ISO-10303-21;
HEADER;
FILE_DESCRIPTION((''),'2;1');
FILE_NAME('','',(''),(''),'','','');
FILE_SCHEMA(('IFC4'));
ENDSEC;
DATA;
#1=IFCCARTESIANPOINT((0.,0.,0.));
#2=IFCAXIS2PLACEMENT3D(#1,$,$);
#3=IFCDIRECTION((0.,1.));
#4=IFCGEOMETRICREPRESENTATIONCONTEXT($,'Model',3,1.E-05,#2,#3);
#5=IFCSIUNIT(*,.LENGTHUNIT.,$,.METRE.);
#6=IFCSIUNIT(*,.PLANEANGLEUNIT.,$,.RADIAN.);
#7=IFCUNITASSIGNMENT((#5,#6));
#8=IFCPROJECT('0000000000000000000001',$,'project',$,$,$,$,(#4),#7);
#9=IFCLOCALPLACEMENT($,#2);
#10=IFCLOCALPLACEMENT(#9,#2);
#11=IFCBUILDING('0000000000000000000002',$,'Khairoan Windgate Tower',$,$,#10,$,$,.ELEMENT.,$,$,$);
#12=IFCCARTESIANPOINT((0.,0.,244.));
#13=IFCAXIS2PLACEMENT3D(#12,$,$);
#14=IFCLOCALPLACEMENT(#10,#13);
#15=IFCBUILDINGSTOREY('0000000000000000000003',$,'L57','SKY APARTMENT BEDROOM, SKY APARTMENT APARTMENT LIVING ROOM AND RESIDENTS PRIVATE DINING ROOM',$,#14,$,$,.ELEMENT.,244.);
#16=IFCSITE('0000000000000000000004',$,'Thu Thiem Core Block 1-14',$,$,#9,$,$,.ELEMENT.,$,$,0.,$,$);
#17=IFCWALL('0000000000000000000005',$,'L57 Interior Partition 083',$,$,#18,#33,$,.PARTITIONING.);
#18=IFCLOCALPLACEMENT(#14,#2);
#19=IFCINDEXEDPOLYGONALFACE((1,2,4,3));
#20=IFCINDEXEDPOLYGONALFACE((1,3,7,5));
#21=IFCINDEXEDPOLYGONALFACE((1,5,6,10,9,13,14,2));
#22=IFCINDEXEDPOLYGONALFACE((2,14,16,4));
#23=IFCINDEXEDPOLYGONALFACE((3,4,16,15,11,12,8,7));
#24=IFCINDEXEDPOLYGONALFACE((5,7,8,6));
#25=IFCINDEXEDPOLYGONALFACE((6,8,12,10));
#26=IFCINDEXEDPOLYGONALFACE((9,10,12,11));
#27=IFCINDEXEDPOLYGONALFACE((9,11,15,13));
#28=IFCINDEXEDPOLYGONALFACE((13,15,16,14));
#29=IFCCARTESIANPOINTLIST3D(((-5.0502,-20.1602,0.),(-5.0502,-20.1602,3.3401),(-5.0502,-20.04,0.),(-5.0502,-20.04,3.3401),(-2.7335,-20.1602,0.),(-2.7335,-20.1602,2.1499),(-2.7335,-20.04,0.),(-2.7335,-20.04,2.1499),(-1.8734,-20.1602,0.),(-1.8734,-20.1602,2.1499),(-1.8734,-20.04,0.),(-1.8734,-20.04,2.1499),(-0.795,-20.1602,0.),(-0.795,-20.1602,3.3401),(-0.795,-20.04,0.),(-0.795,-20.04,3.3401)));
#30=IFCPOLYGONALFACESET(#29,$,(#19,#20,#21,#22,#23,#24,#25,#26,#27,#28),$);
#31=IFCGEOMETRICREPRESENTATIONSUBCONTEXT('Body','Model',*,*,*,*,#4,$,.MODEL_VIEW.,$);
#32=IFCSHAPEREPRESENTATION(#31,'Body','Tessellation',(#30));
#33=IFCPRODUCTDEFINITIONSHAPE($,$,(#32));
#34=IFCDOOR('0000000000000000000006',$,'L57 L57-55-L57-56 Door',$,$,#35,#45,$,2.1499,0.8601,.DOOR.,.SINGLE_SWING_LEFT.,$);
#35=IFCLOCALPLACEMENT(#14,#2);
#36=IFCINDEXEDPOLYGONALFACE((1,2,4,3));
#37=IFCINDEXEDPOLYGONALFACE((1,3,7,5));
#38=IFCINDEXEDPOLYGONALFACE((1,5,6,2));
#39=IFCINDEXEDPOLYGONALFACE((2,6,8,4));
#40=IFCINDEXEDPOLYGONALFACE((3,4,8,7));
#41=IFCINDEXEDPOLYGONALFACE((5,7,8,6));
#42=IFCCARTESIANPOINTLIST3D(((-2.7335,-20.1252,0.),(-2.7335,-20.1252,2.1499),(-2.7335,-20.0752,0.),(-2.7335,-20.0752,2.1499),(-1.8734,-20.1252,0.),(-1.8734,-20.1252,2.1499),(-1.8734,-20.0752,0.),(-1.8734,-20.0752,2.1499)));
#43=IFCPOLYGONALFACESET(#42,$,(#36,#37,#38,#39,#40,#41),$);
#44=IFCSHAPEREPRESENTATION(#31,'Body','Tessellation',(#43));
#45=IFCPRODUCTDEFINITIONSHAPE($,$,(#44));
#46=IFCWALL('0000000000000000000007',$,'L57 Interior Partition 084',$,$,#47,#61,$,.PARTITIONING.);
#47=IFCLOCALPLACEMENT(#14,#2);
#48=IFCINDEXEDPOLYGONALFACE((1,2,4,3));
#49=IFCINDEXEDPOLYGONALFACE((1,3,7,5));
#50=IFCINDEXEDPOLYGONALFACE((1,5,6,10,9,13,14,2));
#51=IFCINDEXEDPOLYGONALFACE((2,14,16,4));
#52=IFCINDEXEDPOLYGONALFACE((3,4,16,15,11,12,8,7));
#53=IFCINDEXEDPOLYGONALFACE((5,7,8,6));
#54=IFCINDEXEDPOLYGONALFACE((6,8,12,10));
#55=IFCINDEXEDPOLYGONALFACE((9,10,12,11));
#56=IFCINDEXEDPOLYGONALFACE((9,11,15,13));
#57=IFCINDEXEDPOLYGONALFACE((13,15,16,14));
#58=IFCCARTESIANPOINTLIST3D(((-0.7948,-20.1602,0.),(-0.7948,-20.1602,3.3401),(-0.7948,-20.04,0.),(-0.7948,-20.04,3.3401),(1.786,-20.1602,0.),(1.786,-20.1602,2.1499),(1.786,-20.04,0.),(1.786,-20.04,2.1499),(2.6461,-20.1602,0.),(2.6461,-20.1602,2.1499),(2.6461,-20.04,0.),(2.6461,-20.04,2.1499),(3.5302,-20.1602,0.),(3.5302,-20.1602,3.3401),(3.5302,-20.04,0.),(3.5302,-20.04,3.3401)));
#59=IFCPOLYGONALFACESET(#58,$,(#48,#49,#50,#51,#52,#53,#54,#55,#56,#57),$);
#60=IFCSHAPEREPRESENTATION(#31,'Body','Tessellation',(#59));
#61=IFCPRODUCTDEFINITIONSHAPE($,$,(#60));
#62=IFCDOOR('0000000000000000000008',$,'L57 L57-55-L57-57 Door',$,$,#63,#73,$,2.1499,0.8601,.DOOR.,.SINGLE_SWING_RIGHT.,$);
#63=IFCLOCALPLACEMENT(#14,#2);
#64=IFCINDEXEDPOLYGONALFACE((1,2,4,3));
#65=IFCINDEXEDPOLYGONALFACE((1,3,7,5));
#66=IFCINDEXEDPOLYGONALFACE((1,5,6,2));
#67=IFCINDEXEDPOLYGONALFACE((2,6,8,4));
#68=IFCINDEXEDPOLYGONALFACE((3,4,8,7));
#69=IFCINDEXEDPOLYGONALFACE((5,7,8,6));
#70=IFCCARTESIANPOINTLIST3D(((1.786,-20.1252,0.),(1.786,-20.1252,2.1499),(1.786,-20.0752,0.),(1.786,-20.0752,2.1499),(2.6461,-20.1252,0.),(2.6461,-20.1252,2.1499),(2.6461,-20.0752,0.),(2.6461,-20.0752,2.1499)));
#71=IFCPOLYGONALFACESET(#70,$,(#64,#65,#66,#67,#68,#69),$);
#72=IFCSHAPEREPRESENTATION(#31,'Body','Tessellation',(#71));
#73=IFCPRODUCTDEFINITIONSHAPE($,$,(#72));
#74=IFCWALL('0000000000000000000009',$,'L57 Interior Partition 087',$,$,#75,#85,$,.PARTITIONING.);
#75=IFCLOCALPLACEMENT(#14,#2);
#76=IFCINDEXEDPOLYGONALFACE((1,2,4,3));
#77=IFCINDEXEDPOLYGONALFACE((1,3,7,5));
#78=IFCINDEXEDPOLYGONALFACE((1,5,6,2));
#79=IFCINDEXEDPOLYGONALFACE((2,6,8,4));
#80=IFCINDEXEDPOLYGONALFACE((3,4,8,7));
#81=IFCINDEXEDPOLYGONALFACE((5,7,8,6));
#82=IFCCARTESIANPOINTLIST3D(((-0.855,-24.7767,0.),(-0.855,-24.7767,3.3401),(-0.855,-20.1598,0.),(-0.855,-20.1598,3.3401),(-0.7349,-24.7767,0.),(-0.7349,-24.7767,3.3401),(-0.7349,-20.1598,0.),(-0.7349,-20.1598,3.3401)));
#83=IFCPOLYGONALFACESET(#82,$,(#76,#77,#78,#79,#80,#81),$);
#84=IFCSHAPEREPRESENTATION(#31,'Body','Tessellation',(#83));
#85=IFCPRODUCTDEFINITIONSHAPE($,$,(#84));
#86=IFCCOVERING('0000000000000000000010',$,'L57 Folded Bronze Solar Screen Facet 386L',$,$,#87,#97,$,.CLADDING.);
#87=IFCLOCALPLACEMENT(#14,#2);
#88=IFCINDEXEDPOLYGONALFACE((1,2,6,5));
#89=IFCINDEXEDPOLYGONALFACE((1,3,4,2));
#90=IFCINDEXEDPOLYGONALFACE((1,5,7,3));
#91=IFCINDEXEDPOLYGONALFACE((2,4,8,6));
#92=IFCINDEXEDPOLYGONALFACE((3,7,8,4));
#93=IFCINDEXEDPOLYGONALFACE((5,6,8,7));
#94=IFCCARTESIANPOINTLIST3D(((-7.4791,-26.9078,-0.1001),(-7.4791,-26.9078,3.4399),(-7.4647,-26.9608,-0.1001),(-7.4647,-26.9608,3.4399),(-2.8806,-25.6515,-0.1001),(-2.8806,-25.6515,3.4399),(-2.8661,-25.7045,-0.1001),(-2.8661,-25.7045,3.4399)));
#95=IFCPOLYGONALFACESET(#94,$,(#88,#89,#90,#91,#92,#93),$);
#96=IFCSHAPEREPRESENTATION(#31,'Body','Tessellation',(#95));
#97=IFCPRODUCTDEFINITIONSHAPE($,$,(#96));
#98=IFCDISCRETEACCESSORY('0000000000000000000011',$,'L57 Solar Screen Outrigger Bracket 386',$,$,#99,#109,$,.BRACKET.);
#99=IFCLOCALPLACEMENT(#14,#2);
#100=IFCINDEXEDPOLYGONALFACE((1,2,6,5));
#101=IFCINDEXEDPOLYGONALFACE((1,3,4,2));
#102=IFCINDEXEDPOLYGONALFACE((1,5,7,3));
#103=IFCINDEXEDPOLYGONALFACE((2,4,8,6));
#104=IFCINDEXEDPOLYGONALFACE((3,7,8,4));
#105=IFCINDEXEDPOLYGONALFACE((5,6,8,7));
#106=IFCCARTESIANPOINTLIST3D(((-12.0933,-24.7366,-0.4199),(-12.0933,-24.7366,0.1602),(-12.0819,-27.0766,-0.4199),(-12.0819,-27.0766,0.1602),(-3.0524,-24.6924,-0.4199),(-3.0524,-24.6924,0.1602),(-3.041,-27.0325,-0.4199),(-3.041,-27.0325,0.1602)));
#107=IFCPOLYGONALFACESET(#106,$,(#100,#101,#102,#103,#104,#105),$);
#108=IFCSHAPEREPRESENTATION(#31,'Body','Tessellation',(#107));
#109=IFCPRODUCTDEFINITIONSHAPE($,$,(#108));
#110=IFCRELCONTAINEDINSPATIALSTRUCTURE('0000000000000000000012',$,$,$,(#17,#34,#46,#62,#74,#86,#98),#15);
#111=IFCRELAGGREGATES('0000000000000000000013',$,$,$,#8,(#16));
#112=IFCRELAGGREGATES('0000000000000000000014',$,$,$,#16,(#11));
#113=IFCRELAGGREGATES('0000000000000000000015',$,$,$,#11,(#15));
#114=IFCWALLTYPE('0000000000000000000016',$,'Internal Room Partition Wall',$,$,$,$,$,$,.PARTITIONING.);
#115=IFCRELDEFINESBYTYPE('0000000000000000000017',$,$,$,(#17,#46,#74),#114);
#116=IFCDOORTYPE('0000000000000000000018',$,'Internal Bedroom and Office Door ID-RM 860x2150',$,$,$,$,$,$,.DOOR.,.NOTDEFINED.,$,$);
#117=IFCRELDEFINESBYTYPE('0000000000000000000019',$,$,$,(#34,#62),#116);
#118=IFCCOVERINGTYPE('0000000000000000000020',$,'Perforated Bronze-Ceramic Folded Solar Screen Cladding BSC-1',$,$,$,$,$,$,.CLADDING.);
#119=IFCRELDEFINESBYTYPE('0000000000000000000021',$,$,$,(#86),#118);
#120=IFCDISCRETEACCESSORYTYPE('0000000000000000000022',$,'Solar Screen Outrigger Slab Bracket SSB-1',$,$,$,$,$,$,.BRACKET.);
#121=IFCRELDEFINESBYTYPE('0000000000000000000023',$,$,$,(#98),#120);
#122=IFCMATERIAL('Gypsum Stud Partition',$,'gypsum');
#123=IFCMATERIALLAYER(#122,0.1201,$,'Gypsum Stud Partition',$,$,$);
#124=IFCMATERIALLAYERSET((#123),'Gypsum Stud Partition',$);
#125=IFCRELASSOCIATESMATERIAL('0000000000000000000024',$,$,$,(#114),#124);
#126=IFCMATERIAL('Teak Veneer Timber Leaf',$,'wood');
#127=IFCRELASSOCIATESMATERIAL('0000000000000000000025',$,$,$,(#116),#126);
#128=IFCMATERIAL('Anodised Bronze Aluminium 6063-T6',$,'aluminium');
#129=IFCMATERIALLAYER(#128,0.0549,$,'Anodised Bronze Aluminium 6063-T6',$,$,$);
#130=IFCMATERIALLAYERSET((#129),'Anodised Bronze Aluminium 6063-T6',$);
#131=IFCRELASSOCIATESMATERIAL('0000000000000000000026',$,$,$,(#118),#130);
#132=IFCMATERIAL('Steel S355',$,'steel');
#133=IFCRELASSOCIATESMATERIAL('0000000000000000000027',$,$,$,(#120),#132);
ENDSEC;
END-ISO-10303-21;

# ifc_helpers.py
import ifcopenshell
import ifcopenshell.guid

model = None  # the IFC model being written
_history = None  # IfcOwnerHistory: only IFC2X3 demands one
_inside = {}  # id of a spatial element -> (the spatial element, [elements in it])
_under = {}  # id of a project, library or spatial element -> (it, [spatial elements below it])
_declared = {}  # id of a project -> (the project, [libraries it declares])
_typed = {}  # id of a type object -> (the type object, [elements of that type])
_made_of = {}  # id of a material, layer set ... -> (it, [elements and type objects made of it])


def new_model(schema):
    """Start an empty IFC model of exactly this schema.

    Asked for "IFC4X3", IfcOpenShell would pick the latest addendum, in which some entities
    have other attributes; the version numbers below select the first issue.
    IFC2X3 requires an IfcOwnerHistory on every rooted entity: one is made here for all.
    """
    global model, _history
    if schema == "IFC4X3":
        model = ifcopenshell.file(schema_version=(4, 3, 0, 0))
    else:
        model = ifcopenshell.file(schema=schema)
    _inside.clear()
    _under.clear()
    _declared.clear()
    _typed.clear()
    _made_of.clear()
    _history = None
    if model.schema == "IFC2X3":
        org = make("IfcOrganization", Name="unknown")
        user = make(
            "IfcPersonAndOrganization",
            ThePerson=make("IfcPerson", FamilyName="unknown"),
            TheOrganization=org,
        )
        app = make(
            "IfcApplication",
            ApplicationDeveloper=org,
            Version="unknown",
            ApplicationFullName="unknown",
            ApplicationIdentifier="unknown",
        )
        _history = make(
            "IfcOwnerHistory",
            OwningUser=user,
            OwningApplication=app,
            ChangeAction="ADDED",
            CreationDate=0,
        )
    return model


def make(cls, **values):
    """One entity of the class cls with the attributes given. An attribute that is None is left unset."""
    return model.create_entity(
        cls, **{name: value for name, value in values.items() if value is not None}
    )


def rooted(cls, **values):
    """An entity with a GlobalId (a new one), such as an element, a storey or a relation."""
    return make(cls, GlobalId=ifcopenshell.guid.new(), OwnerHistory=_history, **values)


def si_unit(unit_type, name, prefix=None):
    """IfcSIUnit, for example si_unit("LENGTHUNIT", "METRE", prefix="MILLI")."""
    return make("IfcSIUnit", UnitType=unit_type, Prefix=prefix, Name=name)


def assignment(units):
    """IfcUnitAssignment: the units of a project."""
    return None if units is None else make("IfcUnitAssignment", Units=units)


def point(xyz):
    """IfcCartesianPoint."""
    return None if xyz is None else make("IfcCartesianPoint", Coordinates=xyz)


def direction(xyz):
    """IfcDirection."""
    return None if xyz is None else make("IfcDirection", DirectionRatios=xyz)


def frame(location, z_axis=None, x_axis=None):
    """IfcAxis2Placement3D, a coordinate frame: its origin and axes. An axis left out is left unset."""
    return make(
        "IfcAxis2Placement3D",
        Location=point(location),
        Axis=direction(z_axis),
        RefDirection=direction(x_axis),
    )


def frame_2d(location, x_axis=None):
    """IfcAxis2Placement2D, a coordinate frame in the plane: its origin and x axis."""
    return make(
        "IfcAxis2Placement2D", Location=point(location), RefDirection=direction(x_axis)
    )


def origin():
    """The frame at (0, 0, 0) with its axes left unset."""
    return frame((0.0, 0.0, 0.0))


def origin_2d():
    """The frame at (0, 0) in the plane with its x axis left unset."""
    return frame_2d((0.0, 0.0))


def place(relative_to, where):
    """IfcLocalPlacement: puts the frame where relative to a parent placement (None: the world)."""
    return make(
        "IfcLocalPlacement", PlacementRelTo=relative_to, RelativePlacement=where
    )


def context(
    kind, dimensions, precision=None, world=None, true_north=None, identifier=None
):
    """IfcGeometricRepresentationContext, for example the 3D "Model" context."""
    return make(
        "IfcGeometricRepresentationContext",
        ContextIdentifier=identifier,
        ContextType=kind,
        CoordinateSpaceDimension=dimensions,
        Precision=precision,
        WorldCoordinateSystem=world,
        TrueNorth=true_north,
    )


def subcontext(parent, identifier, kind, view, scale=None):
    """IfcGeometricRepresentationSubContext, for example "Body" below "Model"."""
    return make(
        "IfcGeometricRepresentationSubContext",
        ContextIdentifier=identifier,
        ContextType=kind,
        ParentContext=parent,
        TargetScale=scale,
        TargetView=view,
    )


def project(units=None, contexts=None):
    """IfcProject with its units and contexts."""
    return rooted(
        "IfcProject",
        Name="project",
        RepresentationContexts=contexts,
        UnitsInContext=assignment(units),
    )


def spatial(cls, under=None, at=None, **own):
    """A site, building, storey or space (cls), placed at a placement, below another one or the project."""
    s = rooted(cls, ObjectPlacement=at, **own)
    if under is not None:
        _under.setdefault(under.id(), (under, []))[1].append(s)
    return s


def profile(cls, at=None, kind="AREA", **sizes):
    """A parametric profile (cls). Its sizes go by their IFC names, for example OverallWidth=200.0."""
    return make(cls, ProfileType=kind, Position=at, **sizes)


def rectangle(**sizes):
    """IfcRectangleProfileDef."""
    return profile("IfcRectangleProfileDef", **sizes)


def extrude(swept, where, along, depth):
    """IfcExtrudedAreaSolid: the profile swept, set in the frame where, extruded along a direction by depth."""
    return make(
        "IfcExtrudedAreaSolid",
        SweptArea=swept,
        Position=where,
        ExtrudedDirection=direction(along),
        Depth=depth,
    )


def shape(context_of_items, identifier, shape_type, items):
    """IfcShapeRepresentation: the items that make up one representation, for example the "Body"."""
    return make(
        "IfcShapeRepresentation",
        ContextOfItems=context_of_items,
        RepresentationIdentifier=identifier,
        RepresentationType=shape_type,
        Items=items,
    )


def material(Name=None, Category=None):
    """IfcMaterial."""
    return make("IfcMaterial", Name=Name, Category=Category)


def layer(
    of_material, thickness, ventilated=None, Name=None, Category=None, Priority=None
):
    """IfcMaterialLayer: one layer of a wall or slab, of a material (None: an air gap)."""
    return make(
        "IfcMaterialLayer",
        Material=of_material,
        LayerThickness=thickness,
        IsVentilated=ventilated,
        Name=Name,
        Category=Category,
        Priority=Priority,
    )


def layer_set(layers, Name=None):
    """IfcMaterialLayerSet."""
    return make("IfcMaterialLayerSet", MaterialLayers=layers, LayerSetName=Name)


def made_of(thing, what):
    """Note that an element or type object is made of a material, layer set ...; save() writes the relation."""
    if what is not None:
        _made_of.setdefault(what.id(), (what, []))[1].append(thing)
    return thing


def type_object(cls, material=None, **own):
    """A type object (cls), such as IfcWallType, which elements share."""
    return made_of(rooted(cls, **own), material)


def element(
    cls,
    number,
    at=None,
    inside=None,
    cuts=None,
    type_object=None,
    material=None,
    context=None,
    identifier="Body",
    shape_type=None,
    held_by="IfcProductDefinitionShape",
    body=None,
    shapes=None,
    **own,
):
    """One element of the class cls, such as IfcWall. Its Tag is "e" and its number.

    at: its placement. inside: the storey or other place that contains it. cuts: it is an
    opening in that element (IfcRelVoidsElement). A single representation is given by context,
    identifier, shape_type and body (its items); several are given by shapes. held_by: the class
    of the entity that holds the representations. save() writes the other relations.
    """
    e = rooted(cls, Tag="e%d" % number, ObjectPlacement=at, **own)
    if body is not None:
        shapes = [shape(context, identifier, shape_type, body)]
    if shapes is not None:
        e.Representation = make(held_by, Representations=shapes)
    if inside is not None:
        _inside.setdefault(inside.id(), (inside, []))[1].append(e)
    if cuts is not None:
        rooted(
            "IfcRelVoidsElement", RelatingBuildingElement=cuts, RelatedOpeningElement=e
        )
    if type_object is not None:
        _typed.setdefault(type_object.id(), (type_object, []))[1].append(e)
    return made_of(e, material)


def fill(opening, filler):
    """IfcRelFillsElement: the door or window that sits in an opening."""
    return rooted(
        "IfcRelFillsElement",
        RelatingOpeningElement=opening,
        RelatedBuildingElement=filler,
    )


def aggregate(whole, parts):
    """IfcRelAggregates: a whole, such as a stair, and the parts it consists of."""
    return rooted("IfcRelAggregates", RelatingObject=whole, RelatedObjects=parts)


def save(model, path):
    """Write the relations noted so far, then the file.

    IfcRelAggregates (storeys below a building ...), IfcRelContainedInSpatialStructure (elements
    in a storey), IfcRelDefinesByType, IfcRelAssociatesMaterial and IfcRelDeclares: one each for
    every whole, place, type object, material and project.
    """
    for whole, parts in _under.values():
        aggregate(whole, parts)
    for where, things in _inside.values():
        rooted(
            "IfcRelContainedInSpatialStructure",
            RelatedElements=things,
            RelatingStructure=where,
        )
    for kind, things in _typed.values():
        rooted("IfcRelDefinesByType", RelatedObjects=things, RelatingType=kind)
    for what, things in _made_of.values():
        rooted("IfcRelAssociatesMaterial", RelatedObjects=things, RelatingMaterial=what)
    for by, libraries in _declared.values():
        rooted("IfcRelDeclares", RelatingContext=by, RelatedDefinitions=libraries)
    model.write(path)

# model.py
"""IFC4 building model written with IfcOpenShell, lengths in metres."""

from ifc_helpers import new_model, si_unit, direction, frame, frame_2d, origin, origin_2d, place, context, subcontext, project, spatial, rectangle, extrude, material, layer, layer_set, type_object, element, fill, save


model = new_model("IFC4")

# Units and contexts
model_context = context("Model", 3, precision=1e-05, world=origin(), true_north=direction((0.0, 1.0)))
body_context = subcontext(model_context, "Body", "Model", "MODEL_VIEW")
ifc_project = project(units=[si_unit("LENGTHUNIT", "METRE"), si_unit("PLANEANGLEUNIT", "RADIAN")], contexts=[model_context])

# Site, building, storey
site_placement = place(None, origin())
site = spatial("IfcSite", under=ifc_project, at=site_placement, Name="Thu Thiem Core Block 1-14", CompositionType="ELEMENT", RefElevation=0.0)
building_placement = place(site_placement, origin())
building = spatial("IfcBuilding", under=site, at=building_placement, Name="Khairoan Windgate Tower", CompositionType="ELEMENT")
storey_placement = place(building_placement, frame((0.0, 0.0, 244.0)))
storey = spatial("IfcBuildingStorey", under=building, at=storey_placement, Name="L57", Description="SKY APARTMENT BEDROOM, SKY APARTMENT APARTMENT LIVING ROOM AND RESIDENTS PRIVATE DINING ROOM", CompositionType="ELEMENT", Elevation=244.0)

# Shared definitions
ifc_material_1 = material(Name="Gypsum Stud Partition", Category="gypsum")
ifc_layer_1 = layer(ifc_material_1, 0.1201, Name="Gypsum Stud Partition")
ifc_layer_set_1 = layer_set([ifc_layer_1], Name="Gypsum Stud Partition")
wall_type_1 = type_object("IfcWallType", Name="Internal Room Partition Wall", PredefinedType="PARTITIONING", material=ifc_layer_set_1)
ifc_material_2 = material(Name="Teak Veneer Timber Leaf", Category="wood")
door_type_1 = type_object("IfcDoorType", Name="Internal Bedroom and Office Door ID-RM 860x2150", OperationType="NOTDEFINED", PredefinedType="DOOR", material=ifc_material_2)

# Walls, openings, doors
wall_1_placement = place(storey_placement, frame((-5.05, -20.1001, 0.0), z_axis=(0.0, 0.0, 1.0), x_axis=(1.0, 0.0, 0.0)))
wall_1 = element("IfcWall", 1, at=wall_1_placement, inside=storey, type_object=wall_type_1, Name="L57 Interior Partition 083", PredefinedType="PARTITIONING", context=body_context, shape_type="SweptSolid", body=[
    extrude(rectangle(XDim=4.2551, YDim=0.1201, at=frame_2d((2.1274, 0.0))), origin(), (0.0, 0.0, 1.0), 3.3401),
])
opening_1_placement = place(wall_1_placement, frame((2.3164, 0.0, 0.0)))
opening_1 = element("IfcOpeningElement", 2, at=opening_1_placement, cuts=wall_1, PredefinedType="OPENING", context=body_context, shape_type="SweptSolid", body=[
    extrude(rectangle(XDim=0.8601, YDim=2.1499, at=frame_2d((0.4302, 1.075))), frame((0.0, 0.0701, 0.0), z_axis=(0.0, -1.0, 0.0), x_axis=(1.0, 0.0, 0.0)), (0.0, 0.0, 1.0), 0.1401),
])
door_1_placement = place(opening_1_placement, origin())
door_1 = element("IfcDoor", 3, at=door_1_placement, inside=storey, type_object=door_type_1, Name="L57 L57-55-L57-56 Door", OperationType="SINGLE_SWING_LEFT", OverallHeight=2.1499, OverallWidth=0.8601, PredefinedType="DOOR", context=body_context, shape_type="SweptSolid", body=[
    extrude(rectangle(XDim=0.8601, YDim=2.1499, at=frame_2d((0.4302, 1.075))), frame((0.0, 0.0249, 0.0), z_axis=(0.0, -1.0, 0.0), x_axis=(1.0, 0.0, 0.0)), (0.0, 0.0, 1.0), 0.05),
])
fill(opening_1, door_1)
wall_2_placement = place(storey_placement, frame((-0.7949, -20.1001, 0.0), z_axis=(0.0, 0.0, 1.0), x_axis=(1.0, 0.0, 0.0)))
wall_2 = element("IfcWall", 4, at=wall_2_placement, inside=storey, type_object=wall_type_1, Name="L57 Interior Partition 084", PredefinedType="PARTITIONING", context=body_context, shape_type="SweptSolid", body=[
    extrude(rectangle(XDim=4.325, YDim=0.1201, at=frame_2d((2.1626, 0.0))), origin(), (0.0, 0.0, 1.0), 3.3401),
])
opening_2_placement = place(wall_2_placement, frame((2.5808, 0.0, 0.0)))
opening_2 = element("IfcOpeningElement", 5, at=opening_2_placement, cuts=wall_2, PredefinedType="OPENING", context=body_context, shape_type="SweptSolid", body=[
    extrude(rectangle(XDim=0.8601, YDim=2.1499, at=frame_2d((0.4302, 1.075))), frame((0.0, 0.0701, 0.0), z_axis=(0.0, -1.0, 0.0), x_axis=(1.0, 0.0, 0.0)), (0.0, 0.0, 1.0), 0.1401),
])
door_2_placement = place(opening_2_placement, origin())
door_2 = element("IfcDoor", 6, at=door_2_placement, inside=storey, type_object=door_type_1, Name="L57 L57-55-L57-57 Door", OperationType="SINGLE_SWING_RIGHT", OverallHeight=2.1499, OverallWidth=0.8601, PredefinedType="DOOR", context=body_context, shape_type="SweptSolid", body=[
    extrude(rectangle(XDim=0.8601, YDim=2.1499, at=frame_2d((0.4302, 1.075))), frame((0.0, 0.0249, 0.0), z_axis=(0.0, -1.0, 0.0), x_axis=(1.0, 0.0, 0.0)), (0.0, 0.0, 1.0), 0.05),
])
fill(opening_2, door_2)

# Wall
wall_3_placement = place(storey_placement, frame((-0.7949, -24.7769, 0.0), z_axis=(0.0, 0.0, 1.0), x_axis=(0.0, 1.0, 0.0)))
element("IfcWall", 7, at=wall_3_placement, inside=storey, type_object=wall_type_1, Name="L57 Interior Partition 087", PredefinedType="PARTITIONING", context=body_context, shape_type="SweptSolid", body=[
    extrude(rectangle(XDim=4.6169, YDim=0.1201, at=frame_2d((2.3086, 0.0))), origin(), (0.0, 0.0, 1.0), 3.3401),
])

# Covering
ifc_material_3 = material(Name="Anodised Bronze Aluminium 6063-T6", Category="aluminium")
ifc_layer_2 = layer(ifc_material_3, 0.0549, Name="Anodised Bronze Aluminium 6063-T6")
ifc_layer_set_2 = layer_set([ifc_layer_2], Name="Anodised Bronze Aluminium 6063-T6")
covering_type = type_object("IfcCoveringType", Name="Perforated Bronze-Ceramic Folded Solar Screen Cladding BSC-1", PredefinedType="CLADDING", material=ifc_layer_set_2)
covering_placement = place(storey_placement, frame((-5.1726, -26.3062, -0.1001), z_axis=(0.0, 0.0, 1.0), x_axis=(-0.964649, -0.263536, 0.0)))
element("IfcCovering", 8, at=covering_placement, inside=storey, type_object=covering_type, Name="L57 Folded Bronze Solar Screen Facet 386L", PredefinedType="CLADDING", context=body_context, shape_type="SweptSolid", body=[
    extrude(rectangle(XDim=4.7671, YDim=0.0549, at=origin_2d()), origin(), (0.0, 0.0, 1.0), 3.54),
])

# Discrete accessory
ifc_material_4 = material(Name="Steel S355", Category="steel")
discrete_accessory_type = type_object("IfcDiscreteAccessoryType", Name="Solar Screen Outrigger Slab Bracket SSB-1", PredefinedType="BRACKET", material=ifc_material_4)
discrete_accessory_placement = place(storey_placement, frame((-7.5671, -25.8845, -0.4199), z_axis=(0.0, 0.0, 1.0), x_axis=(-0.999988, -0.004887, 0.0)))
element("IfcDiscreteAccessory", 9, at=discrete_accessory_placement, inside=storey, type_object=discrete_accessory_type, Name="L57 Solar Screen Outrigger Bracket 386", PredefinedType="BRACKET", context=body_context, shape_type="SweptSolid", body=[
    extrude(rectangle(XDim=9.041, YDim=2.3401, at=origin_2d()), origin(), (0.0, 0.0, 1.0), 0.5801),
])

save(model, "model.ifc")
